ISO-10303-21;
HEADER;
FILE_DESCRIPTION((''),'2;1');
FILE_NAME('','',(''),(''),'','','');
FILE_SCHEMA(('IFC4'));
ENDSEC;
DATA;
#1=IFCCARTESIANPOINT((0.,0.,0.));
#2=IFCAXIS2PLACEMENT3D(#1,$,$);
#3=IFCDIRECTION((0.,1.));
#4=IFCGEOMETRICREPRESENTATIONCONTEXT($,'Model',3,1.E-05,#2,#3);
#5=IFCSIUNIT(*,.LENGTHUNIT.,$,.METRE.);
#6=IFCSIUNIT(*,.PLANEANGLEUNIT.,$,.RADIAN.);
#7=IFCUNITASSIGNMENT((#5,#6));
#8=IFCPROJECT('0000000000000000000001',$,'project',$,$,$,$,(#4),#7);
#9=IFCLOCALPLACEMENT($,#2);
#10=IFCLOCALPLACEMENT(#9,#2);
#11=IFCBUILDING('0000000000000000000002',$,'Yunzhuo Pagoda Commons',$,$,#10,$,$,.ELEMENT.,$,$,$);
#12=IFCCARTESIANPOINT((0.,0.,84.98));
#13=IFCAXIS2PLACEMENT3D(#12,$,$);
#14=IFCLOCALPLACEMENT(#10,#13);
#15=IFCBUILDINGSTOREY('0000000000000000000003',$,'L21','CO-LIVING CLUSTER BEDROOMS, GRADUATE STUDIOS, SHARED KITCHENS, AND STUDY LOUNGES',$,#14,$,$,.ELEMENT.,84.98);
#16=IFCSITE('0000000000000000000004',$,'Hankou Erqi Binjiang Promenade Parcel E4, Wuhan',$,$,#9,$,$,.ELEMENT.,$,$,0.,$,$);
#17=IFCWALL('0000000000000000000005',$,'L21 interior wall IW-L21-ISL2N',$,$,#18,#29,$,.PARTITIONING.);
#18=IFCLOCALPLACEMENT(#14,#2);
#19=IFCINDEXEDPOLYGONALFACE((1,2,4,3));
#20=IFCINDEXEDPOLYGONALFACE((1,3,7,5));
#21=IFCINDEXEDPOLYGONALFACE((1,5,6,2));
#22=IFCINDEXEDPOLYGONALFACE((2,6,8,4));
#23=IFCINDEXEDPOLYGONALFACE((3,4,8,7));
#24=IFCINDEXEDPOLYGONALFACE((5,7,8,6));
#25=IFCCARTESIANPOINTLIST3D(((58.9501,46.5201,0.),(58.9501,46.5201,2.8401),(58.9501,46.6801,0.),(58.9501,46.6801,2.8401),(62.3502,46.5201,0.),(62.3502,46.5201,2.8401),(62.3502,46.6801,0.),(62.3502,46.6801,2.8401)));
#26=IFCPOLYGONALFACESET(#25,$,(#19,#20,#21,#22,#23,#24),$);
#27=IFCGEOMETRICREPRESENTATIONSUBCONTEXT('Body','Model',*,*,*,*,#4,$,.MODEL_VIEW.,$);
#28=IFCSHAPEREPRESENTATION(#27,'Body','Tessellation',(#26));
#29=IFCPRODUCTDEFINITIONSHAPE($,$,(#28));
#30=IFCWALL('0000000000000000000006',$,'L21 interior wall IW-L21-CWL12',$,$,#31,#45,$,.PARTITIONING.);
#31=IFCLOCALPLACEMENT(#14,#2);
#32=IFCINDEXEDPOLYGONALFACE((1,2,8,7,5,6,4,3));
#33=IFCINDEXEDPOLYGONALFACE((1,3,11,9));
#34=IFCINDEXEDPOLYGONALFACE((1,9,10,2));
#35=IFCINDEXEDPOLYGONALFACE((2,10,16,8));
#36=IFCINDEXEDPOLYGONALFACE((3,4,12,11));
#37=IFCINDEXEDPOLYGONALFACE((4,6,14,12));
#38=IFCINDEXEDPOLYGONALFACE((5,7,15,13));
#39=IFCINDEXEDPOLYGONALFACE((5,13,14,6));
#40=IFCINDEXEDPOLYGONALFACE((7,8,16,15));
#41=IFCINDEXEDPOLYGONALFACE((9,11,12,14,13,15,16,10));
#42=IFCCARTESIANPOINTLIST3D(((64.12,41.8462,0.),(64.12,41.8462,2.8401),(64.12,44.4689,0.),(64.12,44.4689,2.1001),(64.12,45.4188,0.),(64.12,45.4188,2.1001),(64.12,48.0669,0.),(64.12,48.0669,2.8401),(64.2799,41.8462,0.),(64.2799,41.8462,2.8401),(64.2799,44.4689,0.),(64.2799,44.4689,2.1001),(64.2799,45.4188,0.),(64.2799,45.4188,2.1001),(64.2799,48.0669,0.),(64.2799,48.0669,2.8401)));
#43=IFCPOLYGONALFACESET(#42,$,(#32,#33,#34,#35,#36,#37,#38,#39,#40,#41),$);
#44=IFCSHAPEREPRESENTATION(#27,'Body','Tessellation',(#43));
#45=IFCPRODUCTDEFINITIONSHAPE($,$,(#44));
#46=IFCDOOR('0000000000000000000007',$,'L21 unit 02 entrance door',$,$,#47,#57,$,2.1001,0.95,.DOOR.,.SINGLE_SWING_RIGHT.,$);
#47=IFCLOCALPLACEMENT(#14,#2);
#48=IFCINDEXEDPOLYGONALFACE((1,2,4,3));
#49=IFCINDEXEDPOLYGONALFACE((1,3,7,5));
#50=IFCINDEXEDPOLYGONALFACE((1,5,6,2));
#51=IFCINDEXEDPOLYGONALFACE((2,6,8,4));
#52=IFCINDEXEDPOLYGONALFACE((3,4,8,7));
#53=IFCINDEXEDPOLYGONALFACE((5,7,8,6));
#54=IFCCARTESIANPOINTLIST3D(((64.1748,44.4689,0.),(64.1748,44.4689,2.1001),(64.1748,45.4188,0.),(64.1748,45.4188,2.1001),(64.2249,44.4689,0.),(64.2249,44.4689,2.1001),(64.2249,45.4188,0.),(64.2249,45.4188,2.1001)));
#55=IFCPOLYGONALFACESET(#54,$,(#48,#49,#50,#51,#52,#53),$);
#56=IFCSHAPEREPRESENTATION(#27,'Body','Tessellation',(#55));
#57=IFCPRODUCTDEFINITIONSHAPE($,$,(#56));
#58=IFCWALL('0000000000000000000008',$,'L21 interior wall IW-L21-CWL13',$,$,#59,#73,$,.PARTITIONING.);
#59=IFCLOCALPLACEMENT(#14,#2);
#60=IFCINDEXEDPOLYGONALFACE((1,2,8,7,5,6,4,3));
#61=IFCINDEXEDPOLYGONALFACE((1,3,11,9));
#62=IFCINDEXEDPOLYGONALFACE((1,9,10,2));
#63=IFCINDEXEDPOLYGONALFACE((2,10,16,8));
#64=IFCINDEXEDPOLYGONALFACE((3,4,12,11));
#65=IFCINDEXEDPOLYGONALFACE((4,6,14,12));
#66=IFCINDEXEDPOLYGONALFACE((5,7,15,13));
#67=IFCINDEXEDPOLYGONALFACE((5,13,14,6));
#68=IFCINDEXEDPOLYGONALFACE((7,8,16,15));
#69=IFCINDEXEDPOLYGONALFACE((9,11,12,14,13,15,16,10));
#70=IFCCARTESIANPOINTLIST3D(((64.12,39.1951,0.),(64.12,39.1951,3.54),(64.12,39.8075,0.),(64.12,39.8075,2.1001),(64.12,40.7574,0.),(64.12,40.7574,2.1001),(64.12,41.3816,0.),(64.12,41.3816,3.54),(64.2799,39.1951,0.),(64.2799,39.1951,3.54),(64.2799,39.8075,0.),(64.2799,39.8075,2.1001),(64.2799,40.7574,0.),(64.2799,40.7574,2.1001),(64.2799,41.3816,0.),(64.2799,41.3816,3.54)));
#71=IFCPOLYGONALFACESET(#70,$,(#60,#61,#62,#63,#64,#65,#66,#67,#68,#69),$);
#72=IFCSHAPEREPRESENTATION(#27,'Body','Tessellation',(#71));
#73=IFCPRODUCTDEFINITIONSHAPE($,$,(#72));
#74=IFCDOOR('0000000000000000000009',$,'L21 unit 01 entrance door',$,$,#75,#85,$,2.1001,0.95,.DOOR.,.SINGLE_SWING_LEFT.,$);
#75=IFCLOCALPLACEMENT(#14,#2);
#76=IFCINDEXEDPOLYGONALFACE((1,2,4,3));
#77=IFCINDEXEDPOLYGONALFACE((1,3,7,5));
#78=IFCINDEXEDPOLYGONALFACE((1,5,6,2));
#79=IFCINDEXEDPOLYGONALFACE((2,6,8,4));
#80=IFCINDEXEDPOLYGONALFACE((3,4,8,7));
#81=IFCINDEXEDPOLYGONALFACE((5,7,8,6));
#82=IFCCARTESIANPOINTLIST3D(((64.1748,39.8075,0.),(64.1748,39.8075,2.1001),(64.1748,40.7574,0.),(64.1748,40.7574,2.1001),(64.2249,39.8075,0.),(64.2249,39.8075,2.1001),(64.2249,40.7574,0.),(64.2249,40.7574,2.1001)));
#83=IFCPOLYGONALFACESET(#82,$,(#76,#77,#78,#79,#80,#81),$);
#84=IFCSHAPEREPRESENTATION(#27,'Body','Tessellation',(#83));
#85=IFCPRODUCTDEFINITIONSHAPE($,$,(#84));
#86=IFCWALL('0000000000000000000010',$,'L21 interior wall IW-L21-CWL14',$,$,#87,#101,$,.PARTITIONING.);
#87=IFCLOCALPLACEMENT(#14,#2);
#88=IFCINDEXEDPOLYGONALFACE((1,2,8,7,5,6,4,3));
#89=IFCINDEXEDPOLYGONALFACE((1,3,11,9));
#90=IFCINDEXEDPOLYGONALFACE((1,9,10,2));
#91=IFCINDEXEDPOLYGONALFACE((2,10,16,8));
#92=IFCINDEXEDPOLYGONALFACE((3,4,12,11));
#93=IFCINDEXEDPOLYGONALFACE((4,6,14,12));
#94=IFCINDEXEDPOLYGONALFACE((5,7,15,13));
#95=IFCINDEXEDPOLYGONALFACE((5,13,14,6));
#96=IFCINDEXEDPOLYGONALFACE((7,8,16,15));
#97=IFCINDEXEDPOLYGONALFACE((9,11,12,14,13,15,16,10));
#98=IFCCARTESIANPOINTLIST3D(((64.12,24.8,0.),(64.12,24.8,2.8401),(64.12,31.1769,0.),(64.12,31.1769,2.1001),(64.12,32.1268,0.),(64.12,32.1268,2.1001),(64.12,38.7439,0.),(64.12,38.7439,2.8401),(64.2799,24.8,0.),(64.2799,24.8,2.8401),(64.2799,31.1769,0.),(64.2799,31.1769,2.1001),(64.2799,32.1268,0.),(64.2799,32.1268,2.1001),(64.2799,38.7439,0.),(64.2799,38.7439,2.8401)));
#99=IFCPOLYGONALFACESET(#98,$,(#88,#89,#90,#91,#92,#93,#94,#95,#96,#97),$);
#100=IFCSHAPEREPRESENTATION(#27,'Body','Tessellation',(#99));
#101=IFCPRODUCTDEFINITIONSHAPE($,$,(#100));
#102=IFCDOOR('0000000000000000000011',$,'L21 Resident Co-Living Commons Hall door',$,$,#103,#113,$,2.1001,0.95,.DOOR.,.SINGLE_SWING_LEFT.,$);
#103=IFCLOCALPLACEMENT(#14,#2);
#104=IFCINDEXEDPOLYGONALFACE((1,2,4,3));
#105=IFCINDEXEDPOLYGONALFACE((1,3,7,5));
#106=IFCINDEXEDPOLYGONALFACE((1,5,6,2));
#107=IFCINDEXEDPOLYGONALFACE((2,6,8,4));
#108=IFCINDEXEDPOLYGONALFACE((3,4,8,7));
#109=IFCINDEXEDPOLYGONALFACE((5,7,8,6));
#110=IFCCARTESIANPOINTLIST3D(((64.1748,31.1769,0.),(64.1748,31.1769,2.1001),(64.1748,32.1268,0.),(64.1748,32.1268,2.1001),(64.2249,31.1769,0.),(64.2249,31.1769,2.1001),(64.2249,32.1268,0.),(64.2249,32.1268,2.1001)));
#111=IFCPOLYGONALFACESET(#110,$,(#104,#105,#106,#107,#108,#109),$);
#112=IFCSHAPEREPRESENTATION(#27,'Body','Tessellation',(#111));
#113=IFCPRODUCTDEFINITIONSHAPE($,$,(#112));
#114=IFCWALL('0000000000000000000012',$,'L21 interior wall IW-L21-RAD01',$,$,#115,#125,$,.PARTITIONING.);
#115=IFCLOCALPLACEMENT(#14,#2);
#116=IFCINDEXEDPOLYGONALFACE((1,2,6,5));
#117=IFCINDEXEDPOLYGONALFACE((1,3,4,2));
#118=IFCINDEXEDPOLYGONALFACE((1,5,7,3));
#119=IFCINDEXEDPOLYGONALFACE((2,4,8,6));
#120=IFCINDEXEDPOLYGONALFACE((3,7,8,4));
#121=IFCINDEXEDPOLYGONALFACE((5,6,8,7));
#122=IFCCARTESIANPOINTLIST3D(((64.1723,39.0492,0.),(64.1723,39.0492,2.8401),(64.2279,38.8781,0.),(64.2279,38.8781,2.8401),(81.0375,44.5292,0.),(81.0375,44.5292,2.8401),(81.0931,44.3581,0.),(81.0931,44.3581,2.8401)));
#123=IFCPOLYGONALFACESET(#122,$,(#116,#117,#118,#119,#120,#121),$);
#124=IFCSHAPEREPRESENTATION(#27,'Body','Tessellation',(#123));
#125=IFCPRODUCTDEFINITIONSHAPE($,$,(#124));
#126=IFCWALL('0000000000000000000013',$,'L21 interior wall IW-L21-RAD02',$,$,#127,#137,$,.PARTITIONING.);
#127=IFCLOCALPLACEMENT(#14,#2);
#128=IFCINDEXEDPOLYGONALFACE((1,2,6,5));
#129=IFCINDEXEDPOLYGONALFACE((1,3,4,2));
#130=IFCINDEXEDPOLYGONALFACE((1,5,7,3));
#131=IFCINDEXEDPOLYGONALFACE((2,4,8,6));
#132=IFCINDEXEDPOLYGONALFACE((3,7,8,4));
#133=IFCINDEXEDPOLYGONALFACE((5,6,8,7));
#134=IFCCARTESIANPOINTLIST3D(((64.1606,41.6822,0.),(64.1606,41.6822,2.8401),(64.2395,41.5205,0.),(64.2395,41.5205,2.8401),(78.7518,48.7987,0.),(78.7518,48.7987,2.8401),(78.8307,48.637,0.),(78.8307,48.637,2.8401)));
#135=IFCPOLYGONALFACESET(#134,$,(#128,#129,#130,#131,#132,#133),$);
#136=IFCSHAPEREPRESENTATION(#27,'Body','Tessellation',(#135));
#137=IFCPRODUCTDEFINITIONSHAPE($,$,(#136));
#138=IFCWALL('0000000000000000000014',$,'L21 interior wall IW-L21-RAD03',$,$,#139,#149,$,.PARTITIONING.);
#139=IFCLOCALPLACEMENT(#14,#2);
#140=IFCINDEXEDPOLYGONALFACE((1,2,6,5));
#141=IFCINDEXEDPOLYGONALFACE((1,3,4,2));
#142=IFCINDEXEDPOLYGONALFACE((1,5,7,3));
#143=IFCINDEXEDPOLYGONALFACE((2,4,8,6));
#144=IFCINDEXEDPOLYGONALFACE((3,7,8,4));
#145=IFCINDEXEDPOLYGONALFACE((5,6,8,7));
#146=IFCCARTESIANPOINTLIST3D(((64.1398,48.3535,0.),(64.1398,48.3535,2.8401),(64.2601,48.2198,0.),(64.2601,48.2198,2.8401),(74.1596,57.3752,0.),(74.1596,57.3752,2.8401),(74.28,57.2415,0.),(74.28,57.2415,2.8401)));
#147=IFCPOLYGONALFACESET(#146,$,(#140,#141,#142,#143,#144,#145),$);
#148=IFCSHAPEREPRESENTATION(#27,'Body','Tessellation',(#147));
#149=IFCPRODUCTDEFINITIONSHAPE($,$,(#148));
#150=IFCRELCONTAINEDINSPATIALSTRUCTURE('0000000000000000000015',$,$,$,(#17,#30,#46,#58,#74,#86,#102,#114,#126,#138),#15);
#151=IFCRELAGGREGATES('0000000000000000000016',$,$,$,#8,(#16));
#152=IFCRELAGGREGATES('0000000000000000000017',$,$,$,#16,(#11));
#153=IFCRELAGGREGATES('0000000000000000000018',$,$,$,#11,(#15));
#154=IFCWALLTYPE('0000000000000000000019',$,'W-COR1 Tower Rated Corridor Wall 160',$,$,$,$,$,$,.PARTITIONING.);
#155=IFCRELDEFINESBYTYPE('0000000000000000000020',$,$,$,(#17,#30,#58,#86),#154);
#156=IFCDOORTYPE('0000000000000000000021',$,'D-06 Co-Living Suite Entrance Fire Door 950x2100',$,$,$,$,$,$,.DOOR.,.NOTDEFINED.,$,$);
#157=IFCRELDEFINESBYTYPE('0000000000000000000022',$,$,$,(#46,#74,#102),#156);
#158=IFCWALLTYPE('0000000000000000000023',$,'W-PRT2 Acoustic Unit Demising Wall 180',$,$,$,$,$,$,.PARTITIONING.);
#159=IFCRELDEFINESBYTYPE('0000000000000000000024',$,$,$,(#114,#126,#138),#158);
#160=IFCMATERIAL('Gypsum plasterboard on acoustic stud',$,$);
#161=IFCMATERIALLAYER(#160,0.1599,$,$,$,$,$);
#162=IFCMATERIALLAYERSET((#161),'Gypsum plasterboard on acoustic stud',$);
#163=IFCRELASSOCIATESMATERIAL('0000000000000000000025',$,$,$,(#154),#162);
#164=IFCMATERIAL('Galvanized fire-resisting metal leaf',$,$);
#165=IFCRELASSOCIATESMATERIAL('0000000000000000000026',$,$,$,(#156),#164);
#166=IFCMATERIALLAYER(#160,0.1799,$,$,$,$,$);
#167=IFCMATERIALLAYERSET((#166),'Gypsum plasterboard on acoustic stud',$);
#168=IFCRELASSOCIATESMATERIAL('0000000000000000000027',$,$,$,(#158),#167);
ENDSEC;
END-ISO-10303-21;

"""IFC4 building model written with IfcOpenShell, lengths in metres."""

from ifc_helpers import new_model, si_unit, direction, frame, frame_2d, origin, origin_with_axes, place, context, subcontext, project, spatial, rectangle, extrude, source, transform, mapped, material, layer, layer_set, type_object, element, fill, save


model = new_model("IFC4")

# Units and contexts
model_context = context("Model", 3, precision=1e-05, world=origin(), true_north=direction((0.0, 1.0)))
body_context = subcontext(model_context, "Body", "Model", "MODEL_VIEW")
ifc_project = project(units=[si_unit("LENGTHUNIT", "METRE"), si_unit("PLANEANGLEUNIT", "RADIAN")], contexts=[model_context])

# Site, building, storey
site_placement = place(None, origin())
site = spatial("IfcSite", under=ifc_project, at=site_placement, Name="Hankou Erqi Binjiang Promenade Parcel E4, Wuhan", CompositionType="ELEMENT", RefElevation=0.0)
building_placement = place(site_placement, origin())
building = spatial("IfcBuilding", under=site, at=building_placement, Name="Yunzhuo Pagoda Commons", CompositionType="ELEMENT")
storey_placement = place(building_placement, frame((0.0, 0.0, 84.98)))
storey = spatial("IfcBuildingStorey", under=building, at=storey_placement, Name="L21", Description="CO-LIVING CLUSTER BEDROOMS, GRADUATE STUDIOS, SHARED KITCHENS, AND STUDY LOUNGES", CompositionType="ELEMENT", Elevation=84.98)

# Shared definitions
ifc_material_1 = material(Name="Galvanized fire-resisting metal leaf")

# Wall
ifc_material_2 = material(Name="Gypsum plasterboard on acoustic stud")
ifc_layer_1 = layer(ifc_material_2, 0.1599)
ifc_layer_set_1 = layer_set([ifc_layer_1], Name="Gypsum plasterboard on acoustic stud")
wall_type_1 = type_object("IfcWallType", Name="W-COR1 Tower Rated Corridor Wall 160", PredefinedType="PARTITIONING", material=ifc_layer_set_1)
wall_1_placement = place(storey_placement, frame((58.95, 46.6001, 0.0), z_axis=(0.0, 0.0, 1.0), x_axis=(1.0, 0.0, 0.0)))
element("IfcWall", 1, at=wall_1_placement, inside=storey, type_object=wall_type_1, Name="L21 interior wall IW-L21-ISL2N", PredefinedType="PARTITIONING", context=body_context, shape_type="SweptSolid", body=[
    extrude(rectangle(XDim=3.4001, YDim=0.1599, at=frame_2d((1.7002, 0.0))), origin(), (0.0, 0.0, 1.0), 2.8401),
])

# Walls, openings, doors
wall_2_placement = place(storey_placement, frame((64.2, 48.0669, 0.0), z_axis=(0.0, 0.0, 1.0), x_axis=(0.0, -1.0, 0.0)))
wall_2 = element("IfcWall", 2, at=wall_2_placement, inside=storey, type_object=wall_type_1, Name="L21 interior wall IW-L21-CWL12", PredefinedType="PARTITIONING", context=body_context, shape_type="SweptSolid", body=[
    extrude(rectangle(XDim=6.2207, YDim=0.1599, at=frame_2d((3.1104, 0.0))), origin(), (0.0, 0.0, 1.0), 2.8401),
])
opening_1_placement = place(wall_2_placement, frame((2.6479, 0.0, 0.0)))
opening_1 = element("IfcOpeningElement", 3, at=opening_1_placement, cuts=wall_2, PredefinedType="OPENING", context=body_context, shape_type="SweptSolid", body=[
    extrude(rectangle(XDim=0.95, YDim=2.1001, at=frame_2d((0.4751, 1.05))), frame((0.0, 0.0898, 0.0), z_axis=(0.0, -1.0, 0.0), x_axis=(1.0, 0.0, 0.0)), (0.0, 0.0, 1.0), 0.1799),
])
door_type_1 = type_object("IfcDoorType", Name="D-06 Co-Living Suite Entrance Fire Door 950x2100", OperationType="NOTDEFINED", PredefinedType="DOOR", material=ifc_material_1)
shared_shape_1 = source(origin(), body_context, "Body", "SweptSolid", [
    extrude(rectangle(XDim=0.95, YDim=2.1001, at=frame_2d((0.4751, 1.05))), frame((0.0, 0.0249, 0.0), z_axis=(0.0, -1.0, 0.0), x_axis=(1.0, 0.0, 0.0)), (0.0, 0.0, 1.0), 0.05),
])
door_1_placement = place(opening_1_placement, origin_with_axes())
door_1 = element("IfcDoor", 4, at=door_1_placement, inside=storey, type_object=door_type_1, Name="L21 unit 02 entrance door", OperationType="SINGLE_SWING_RIGHT", OverallHeight=2.1001, OverallWidth=0.95, PredefinedType="DOOR", context=body_context, shape_type="MappedRepresentation", body=[
    mapped(shared_shape_1, transform((0.0, 0.0, 0.0), scale=1.0)),
])
fill(opening_1, door_1)
wall_3_placement = place(storey_placement, frame((64.2, 41.3816, 0.0), z_axis=(0.0, 0.0, 1.0), x_axis=(0.0, -1.0, 0.0)))
wall_3 = element("IfcWall", 5, at=wall_3_placement, inside=storey, type_object=wall_type_1, Name="L21 interior wall IW-L21-CWL13", PredefinedType="PARTITIONING", context=body_context, shape_type="SweptSolid", body=[
    extrude(rectangle(XDim=2.1865, YDim=0.1599, at=frame_2d((1.0933, 0.0))), origin(), (0.0, 0.0, 1.0), 3.54),
])
opening_2_placement = place(wall_3_placement, frame((0.624, 0.0, 0.0)))
opening_2 = element("IfcOpeningElement", 6, at=opening_2_placement, cuts=wall_3, PredefinedType="OPENING", context=body_context, shape_type="SweptSolid", body=[
    extrude(rectangle(XDim=0.95, YDim=2.1001, at=frame_2d((0.4751, 1.05))), frame((0.0, 0.0898, 0.0), z_axis=(0.0, -1.0, 0.0), x_axis=(1.0, 0.0, 0.0)), (0.0, 0.0, 1.0), 0.1799),
])
door_2_placement = place(opening_2_placement, origin_with_axes())
door_2 = element("IfcDoor", 7, at=door_2_placement, inside=storey, type_object=door_type_1, Name="L21 unit 01 entrance door", OperationType="SINGLE_SWING_LEFT", OverallHeight=2.1001, OverallWidth=0.95, PredefinedType="DOOR", context=body_context, shape_type="MappedRepresentation", body=[
    mapped(shared_shape_1, transform((0.0, 0.0, 0.0), scale=1.0)),
])
fill(opening_2, door_2)
wall_4_placement = place(storey_placement, frame((64.2, 38.7439, 0.0), z_axis=(0.0, 0.0, 1.0), x_axis=(0.0, -1.0, 0.0)))
wall_4 = element("IfcWall", 8, at=wall_4_placement, inside=storey, type_object=wall_type_1, Name="L21 interior wall IW-L21-CWL14", PredefinedType="PARTITIONING", context=body_context, shape_type="SweptSolid", body=[
    extrude(rectangle(XDim=13.9438, YDim=0.1599, at=frame_2d((6.9719, 0.0))), origin(), (0.0, 0.0, 1.0), 2.8401),
])
opening_3_placement = place(wall_4_placement, frame((6.6169, 0.0, 0.0)))
opening_3 = element("IfcOpeningElement", 9, at=opening_3_placement, cuts=wall_4, PredefinedType="OPENING", context=body_context, shape_type="SweptSolid", body=[
    extrude(rectangle(XDim=0.95, YDim=2.1001, at=frame_2d((0.4751, 1.05))), frame((0.0, 0.0898, 0.0), z_axis=(0.0, -1.0, 0.0), x_axis=(1.0, 0.0, 0.0)), (0.0, 0.0, 1.0), 0.1799),
])
door_3_placement = place(opening_3_placement, origin_with_axes())
door_3 = element("IfcDoor", 10, at=door_3_placement, inside=storey, type_object=door_type_1, Name="L21 Resident Co-Living Commons Hall door", OperationType="SINGLE_SWING_LEFT", OverallHeight=2.1001, OverallWidth=0.95, PredefinedType="DOOR", context=body_context, shape_type="MappedRepresentation", body=[
    mapped(shared_shape_1, transform((0.0, 0.0, 0.0), scale=1.0)),
])
fill(opening_3, door_3)

# Walls
ifc_layer_2 = layer(ifc_material_2, 0.1799)
ifc_layer_set_2 = layer_set([ifc_layer_2], Name="Gypsum plasterboard on acoustic stud")
wall_type_2 = type_object("IfcWallType", Name="W-PRT2 Acoustic Unit Demising Wall 180", PredefinedType="PARTITIONING", material=ifc_layer_set_2)
wall_5_placement = place(storey_placement, frame((64.2, 38.9636, 0.0), z_axis=(0.0, 0.0, 1.0), x_axis=(0.951054, 0.309024, 0.0)))
element("IfcWall", 11, at=wall_5_placement, inside=storey, type_object=wall_type_2, Name="L21 interior wall IW-L21-RAD01", PredefinedType="PARTITIONING", context=body_context, shape_type="SweptSolid", body=[
    extrude(rectangle(XDim=17.7332, YDim=0.1799, at=frame_2d((8.8667, 0.0))), origin(), (0.0, 0.0, 1.0), 2.8401),
])
wall_6_placement = place(storey_placement, frame((64.2, 41.6013, 0.0), z_axis=(0.0, 0.0, 1.0), x_axis=(0.898796, 0.438367, 0.0)))
element("IfcWall", 12, at=wall_6_placement, inside=storey, type_object=wall_type_2, Name="L21 interior wall IW-L21-RAD02", PredefinedType="PARTITIONING", context=body_context, shape_type="SweptSolid", body=[
    extrude(rectangle(XDim=16.2341, YDim=0.1799, at=frame_2d((8.1172, 0.0))), origin(), (0.0, 0.0, 1.0), 2.8401),
])
wall_7_placement = place(storey_placement, frame((64.2, 48.2866, 0.0), z_axis=(0.0, 0.0, 1.0), x_axis=(0.743149, 0.669126, 0.0)))
element("IfcWall", 13, at=wall_7_placement, inside=storey, type_object=wall_type_2, Name="L21 interior wall IW-L21-RAD03", PredefinedType="PARTITIONING", context=body_context, shape_type="SweptSolid", body=[
    extrude(rectangle(XDim=13.4829, YDim=0.1799, at=frame_2d((6.7415, 0.0))), origin(), (0.0, 0.0, 1.0), 2.8401),
])

save(model, "model.ifc")
